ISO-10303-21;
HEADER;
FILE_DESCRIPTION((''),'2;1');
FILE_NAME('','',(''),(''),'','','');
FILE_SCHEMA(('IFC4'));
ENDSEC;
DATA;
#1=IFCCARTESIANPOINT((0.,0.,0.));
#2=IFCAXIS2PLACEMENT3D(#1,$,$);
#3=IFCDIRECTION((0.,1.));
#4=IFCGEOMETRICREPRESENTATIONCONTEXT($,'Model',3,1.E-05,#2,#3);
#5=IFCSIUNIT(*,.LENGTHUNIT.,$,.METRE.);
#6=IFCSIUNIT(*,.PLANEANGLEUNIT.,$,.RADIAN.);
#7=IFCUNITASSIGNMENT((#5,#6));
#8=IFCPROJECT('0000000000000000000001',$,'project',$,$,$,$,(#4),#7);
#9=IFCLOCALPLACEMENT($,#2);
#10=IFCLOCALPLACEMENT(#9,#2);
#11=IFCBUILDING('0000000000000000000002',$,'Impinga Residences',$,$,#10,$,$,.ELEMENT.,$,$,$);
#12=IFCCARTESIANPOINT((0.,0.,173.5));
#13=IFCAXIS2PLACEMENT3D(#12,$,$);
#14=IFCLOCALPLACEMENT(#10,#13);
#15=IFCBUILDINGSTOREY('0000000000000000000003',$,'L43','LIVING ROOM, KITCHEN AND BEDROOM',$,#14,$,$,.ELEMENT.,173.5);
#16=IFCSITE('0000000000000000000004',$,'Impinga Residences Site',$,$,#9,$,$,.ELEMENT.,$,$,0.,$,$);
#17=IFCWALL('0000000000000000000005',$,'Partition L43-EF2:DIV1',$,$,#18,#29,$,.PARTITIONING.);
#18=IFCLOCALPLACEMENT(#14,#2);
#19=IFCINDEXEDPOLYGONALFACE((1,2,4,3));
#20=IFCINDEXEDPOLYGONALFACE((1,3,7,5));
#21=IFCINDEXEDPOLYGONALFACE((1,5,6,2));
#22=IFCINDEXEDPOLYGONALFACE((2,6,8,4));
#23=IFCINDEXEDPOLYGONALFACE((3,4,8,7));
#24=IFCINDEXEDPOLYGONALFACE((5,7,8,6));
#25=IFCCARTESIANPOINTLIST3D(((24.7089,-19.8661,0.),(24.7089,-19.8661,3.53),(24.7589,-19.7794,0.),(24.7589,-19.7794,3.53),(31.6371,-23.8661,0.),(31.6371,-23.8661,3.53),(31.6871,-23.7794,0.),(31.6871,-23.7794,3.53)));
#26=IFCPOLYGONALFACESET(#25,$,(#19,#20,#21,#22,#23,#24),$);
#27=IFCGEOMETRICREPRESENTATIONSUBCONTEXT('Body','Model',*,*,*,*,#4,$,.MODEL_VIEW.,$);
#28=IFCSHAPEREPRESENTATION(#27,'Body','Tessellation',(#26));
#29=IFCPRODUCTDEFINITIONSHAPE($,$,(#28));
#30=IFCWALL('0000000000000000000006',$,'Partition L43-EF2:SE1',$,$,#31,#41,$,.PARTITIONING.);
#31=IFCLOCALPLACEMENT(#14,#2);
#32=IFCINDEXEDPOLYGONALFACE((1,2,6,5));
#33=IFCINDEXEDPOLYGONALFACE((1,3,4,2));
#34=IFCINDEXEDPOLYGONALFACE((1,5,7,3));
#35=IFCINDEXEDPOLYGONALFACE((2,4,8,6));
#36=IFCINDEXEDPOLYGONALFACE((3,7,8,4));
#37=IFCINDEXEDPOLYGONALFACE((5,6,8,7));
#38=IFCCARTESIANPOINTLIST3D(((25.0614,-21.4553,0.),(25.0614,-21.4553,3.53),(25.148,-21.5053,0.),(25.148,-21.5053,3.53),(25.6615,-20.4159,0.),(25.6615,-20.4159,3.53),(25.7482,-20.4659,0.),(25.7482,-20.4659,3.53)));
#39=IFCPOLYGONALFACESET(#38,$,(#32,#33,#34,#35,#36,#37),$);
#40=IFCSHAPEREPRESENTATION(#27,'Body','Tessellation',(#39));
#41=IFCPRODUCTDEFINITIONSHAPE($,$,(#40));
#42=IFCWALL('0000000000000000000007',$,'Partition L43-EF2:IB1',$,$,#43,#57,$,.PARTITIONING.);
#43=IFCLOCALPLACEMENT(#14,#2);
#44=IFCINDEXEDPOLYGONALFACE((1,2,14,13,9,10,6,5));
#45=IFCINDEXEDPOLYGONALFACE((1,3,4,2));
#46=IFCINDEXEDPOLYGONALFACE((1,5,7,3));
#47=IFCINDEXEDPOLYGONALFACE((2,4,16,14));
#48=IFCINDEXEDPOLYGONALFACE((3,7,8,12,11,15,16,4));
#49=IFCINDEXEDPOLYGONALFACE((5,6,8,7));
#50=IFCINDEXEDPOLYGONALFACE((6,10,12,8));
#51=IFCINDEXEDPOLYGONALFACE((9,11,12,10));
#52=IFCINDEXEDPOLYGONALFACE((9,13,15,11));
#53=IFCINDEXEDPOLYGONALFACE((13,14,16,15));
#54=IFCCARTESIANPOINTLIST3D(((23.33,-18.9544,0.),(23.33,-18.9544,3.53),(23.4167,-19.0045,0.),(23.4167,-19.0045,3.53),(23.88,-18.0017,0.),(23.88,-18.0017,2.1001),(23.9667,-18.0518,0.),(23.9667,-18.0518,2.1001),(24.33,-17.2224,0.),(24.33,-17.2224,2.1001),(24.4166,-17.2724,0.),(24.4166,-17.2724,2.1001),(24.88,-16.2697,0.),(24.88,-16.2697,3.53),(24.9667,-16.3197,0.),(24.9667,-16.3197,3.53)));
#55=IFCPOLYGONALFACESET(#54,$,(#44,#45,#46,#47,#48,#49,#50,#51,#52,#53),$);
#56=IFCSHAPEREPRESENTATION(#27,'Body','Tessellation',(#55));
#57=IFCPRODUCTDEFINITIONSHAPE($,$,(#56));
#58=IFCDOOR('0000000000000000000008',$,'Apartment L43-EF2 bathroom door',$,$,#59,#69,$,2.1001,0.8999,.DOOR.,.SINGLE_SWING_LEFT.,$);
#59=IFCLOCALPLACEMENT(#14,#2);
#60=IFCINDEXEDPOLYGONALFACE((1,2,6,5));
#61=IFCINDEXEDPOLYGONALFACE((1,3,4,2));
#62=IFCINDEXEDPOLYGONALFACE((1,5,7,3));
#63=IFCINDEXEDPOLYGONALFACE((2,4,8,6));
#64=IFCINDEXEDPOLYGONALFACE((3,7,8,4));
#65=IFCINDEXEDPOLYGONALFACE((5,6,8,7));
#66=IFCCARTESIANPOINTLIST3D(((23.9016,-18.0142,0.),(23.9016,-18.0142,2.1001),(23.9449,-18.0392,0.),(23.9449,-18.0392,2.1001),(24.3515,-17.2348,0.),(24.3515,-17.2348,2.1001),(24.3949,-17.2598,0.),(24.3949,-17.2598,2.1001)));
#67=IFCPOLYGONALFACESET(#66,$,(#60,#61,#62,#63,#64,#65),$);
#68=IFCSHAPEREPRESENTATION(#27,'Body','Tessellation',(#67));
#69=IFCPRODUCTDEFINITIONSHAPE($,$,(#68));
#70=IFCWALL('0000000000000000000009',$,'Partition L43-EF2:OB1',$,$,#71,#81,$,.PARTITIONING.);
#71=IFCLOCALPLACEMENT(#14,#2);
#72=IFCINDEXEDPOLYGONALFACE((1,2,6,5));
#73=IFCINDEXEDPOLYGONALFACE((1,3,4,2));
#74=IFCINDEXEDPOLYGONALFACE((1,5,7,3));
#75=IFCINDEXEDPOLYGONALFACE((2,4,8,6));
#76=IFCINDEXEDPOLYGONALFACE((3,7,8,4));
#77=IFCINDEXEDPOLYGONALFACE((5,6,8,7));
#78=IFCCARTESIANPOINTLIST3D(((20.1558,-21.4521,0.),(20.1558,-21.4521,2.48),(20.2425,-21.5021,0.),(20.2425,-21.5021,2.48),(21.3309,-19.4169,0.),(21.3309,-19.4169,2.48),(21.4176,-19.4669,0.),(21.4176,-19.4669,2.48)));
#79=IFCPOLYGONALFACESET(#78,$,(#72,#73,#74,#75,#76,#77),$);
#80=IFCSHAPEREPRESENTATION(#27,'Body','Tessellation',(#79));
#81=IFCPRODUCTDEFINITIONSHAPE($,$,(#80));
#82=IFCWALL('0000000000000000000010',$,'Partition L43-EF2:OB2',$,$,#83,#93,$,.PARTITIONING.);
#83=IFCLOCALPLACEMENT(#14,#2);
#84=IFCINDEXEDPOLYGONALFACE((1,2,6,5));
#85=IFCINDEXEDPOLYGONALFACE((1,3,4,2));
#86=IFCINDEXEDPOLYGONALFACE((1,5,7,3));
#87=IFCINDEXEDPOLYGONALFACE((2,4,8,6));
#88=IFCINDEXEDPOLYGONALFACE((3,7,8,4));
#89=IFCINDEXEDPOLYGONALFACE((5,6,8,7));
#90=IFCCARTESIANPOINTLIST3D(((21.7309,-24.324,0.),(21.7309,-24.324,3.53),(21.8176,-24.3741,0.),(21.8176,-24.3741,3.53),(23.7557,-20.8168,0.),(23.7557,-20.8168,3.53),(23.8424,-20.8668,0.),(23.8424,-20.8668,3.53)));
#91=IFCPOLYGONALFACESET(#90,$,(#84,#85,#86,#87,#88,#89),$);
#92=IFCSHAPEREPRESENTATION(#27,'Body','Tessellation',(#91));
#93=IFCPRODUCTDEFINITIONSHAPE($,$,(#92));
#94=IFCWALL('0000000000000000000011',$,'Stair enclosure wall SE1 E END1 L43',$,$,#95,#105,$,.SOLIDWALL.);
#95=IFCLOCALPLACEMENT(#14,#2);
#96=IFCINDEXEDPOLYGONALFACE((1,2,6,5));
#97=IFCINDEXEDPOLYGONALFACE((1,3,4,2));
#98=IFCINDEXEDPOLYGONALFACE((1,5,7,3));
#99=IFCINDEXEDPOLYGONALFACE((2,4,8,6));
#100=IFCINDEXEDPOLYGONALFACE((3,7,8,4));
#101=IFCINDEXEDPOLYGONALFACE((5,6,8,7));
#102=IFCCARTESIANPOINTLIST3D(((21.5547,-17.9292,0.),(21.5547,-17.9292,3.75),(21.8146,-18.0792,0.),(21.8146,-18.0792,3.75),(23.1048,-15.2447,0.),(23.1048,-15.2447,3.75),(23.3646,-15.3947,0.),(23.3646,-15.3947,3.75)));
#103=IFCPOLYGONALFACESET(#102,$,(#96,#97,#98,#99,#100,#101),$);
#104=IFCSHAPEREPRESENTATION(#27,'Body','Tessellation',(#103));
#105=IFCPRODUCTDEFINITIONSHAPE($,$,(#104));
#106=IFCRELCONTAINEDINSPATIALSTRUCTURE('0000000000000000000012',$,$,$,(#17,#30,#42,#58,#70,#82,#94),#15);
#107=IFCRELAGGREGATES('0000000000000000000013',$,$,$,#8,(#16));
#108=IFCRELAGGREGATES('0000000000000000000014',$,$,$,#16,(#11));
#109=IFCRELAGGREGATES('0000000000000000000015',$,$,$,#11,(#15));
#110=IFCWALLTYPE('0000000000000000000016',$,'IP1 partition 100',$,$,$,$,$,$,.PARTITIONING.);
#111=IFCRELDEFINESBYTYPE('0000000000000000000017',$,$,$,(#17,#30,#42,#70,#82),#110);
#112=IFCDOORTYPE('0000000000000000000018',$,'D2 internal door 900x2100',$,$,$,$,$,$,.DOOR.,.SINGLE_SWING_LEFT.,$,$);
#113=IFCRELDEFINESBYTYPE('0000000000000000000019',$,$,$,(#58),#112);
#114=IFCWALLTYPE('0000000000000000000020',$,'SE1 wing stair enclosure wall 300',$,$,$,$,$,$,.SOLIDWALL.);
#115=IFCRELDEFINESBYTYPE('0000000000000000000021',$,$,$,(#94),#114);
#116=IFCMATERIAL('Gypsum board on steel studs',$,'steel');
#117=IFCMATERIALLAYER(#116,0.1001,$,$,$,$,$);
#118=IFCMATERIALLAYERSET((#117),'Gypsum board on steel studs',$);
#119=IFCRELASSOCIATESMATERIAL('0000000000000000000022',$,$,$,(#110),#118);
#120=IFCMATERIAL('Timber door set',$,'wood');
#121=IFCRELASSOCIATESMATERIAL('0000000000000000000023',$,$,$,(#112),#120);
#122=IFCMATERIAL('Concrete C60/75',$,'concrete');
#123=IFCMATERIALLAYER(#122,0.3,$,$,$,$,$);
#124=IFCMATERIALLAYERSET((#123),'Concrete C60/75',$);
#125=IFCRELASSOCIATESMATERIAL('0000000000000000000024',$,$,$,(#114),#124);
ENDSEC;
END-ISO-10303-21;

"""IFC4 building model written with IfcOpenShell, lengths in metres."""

from ifc_helpers import new_model, si_unit, direction, frame, frame_2d, origin, place, context, subcontext, project, spatial, rectangle, extrude, material, layer, layer_set, type_object, element, fill, save


model = new_model("IFC4")

# Units and contexts
model_context = context("Model", 3, precision=1e-05, world=origin(), true_north=direction((0.0, 1.0)))
body_context = subcontext(model_context, "Body", "Model", "MODEL_VIEW")
ifc_project = project(units=[si_unit("LENGTHUNIT", "METRE"), si_unit("PLANEANGLEUNIT", "RADIAN")], contexts=[model_context])

# Site, building, storey
site_placement = place(None, origin())
site = spatial("IfcSite", under=ifc_project, at=site_placement, Name="Impinga Residences Site", CompositionType="ELEMENT", RefElevation=0.0)
building_placement = place(site_placement, origin())
building = spatial("IfcBuilding", under=site, at=building_placement, Name="Impinga Residences", CompositionType="ELEMENT")
storey_placement = place(building_placement, frame((0.0, 0.0, 173.5)))
storey = spatial("IfcBuildingStorey", under=building, at=storey_placement, Name="L43", Description="LIVING ROOM, KITCHEN AND BEDROOM", CompositionType="ELEMENT", Elevation=173.5)

# Shared definitions
ifc_material_1 = material(Name="Concrete C60/75", Category="concrete")

# Walls
ifc_material_2 = material(Name="Gypsum board on steel studs", Category="steel")
ifc_layer_1 = layer(ifc_material_2, 0.1001)
ifc_layer_set_1 = layer_set([ifc_layer_1], Name="Gypsum board on steel studs")
wall_type_1 = type_object("IfcWallType", Name="IP1 partition 100", PredefinedType="PARTITIONING", material=ifc_layer_set_1)
wall_1_placement = place(storey_placement, frame((24.7339, -19.8228, 0.0), z_axis=(0.0, 0.0, 1.0), x_axis=(0.866026, -0.499999, 0.0)))
element("IfcWall", 1, at=wall_1_placement, inside=storey, type_object=wall_type_1, Name="Partition L43-EF2:DIV1", PredefinedType="PARTITIONING", context=body_context, shape_type="SweptSolid", body=[
    extrude(rectangle(XDim=8.0, YDim=0.1001, at=frame_2d((4.0, 0.0))), origin(), (0.0, 0.0, 1.0), 3.53),
])
wall_2_placement = place(storey_placement, frame((25.7048, -20.4409, 0.0), z_axis=(0.0, 0.0, 1.0), x_axis=(-0.500034, -0.866006, 0.0)))
element("IfcWall", 2, at=wall_2_placement, inside=storey, type_object=wall_type_1, Name="Partition L43-EF2:SE1", PredefinedType="PARTITIONING", context=body_context, shape_type="SweptSolid", body=[
    extrude(rectangle(XDim=1.2002, YDim=0.1001, at=frame_2d((0.6001, 0.0))), origin(), (0.0, 0.0, 1.0), 3.53),
])

# Wall, opening, door
wall_3_placement = place(storey_placement, frame((24.9233, -16.2947, 0.0), z_axis=(0.0, 0.0, 1.0), x_axis=(-0.499993, -0.86603, 0.0)))
wall_3 = element("IfcWall", 3, at=wall_3_placement, inside=storey, type_object=wall_type_1, Name="Partition L43-EF2:IB1", PredefinedType="PARTITIONING", context=body_context, shape_type="SweptSolid", body=[
    extrude(rectangle(XDim=3.1001, YDim=0.1001, at=frame_2d((1.55, 0.0))), origin(), (0.0, 0.0, 1.0), 3.53),
])
opening_1_placement = place(wall_3_placement, frame((1.1001, 0.0, 0.0)))
opening_1 = element("IfcOpeningElement", 4, at=opening_1_placement, cuts=wall_3, PredefinedType="OPENING", context=body_context, shape_type="SweptSolid", body=[
    extrude(rectangle(XDim=0.8999, YDim=2.1001, at=frame_2d((0.45, 1.05))), frame((0.0, 0.0601, 0.0), z_axis=(0.0, -1.0, 0.0), x_axis=(1.0, 0.0, 0.0)), (0.0, 0.0, 1.0), 0.1201),
])
ifc_material_3 = material(Name="Timber door set", Category="wood")
door_type = type_object("IfcDoorType", Name="D2 internal door 900x2100", OperationType="SINGLE_SWING_LEFT", PredefinedType="DOOR", material=ifc_material_3)
door_placement = place(opening_1_placement, origin())
door = element("IfcDoor", 5, at=door_placement, inside=storey, type_object=door_type, Name="Apartment L43-EF2 bathroom door", OperationType="SINGLE_SWING_LEFT", OverallHeight=2.1001, OverallWidth=0.8999, PredefinedType="DOOR", context=body_context, shape_type="SweptSolid", body=[
    extrude(rectangle(XDim=0.8999, YDim=2.1001, at=frame_2d((0.45, 1.05))), frame((0.0, 0.0249, 0.0), z_axis=(0.0, -1.0, 0.0), x_axis=(1.0, 0.0, 0.0)), (0.0, 0.0, 1.0), 0.05),
])
fill(opening_1, door)

# Walls
wall_4_placement = place(storey_placement, frame((21.3743, -19.4419, 0.0), z_axis=(0.0, 0.0, 1.0), x_axis=(-0.500016, -0.866016, 0.0)))
element("IfcWall", 6, at=wall_4_placement, inside=storey, type_object=wall_type_1, Name="Partition L43-EF2:OB1", PredefinedType="PARTITIONING", context=body_context, shape_type="SweptSolid", body=[
    extrude(rectangle(XDim=2.3501, YDim=0.1001, at=frame_2d((1.175, 0.0))), origin(), (0.0, 0.0, 1.0), 2.48),
])
wall_5_placement = place(storey_placement, frame((23.7991, -20.8418, 0.0), z_axis=(0.0, 0.0, 1.0), x_axis=(-0.49999, -0.866031, 0.0)))
element("IfcWall", 7, at=wall_5_placement, inside=storey, type_object=wall_type_1, Name="Partition L43-EF2:OB2", PredefinedType="PARTITIONING", context=body_context, shape_type="SweptSolid", body=[
    extrude(rectangle(XDim=4.0498, YDim=0.1001, at=frame_2d((2.0249, 0.0))), origin(), (0.0, 0.0, 1.0), 3.53),
])
ifc_layer_2 = layer(ifc_material_1, 0.3)
ifc_layer_set_2 = layer_set([ifc_layer_2], Name="Concrete C60/75")
wall_type_2 = type_object("IfcWallType", Name="SE1 wing stair enclosure wall 300", PredefinedType="SOLIDWALL", material=ifc_layer_set_2)
wall_6_placement = place(storey_placement, frame((23.2346, -15.3198, 0.0), z_axis=(0.0, 0.0, 1.0), x_axis=(-0.500027, -0.86601, 0.0)))
element("IfcWall", 8, at=wall_6_placement, inside=storey, type_object=wall_type_2, Name="Stair enclosure wall SE1 E END1 L43", PredefinedType="SOLIDWALL", context=body_context, shape_type="SweptSolid", body=[
    extrude(rectangle(XDim=3.0999, YDim=0.3, at=frame_2d((1.5498, 0.0))), origin(), (0.0, 0.0, 1.0), 3.75),
])

save(model, "model.ifc")
